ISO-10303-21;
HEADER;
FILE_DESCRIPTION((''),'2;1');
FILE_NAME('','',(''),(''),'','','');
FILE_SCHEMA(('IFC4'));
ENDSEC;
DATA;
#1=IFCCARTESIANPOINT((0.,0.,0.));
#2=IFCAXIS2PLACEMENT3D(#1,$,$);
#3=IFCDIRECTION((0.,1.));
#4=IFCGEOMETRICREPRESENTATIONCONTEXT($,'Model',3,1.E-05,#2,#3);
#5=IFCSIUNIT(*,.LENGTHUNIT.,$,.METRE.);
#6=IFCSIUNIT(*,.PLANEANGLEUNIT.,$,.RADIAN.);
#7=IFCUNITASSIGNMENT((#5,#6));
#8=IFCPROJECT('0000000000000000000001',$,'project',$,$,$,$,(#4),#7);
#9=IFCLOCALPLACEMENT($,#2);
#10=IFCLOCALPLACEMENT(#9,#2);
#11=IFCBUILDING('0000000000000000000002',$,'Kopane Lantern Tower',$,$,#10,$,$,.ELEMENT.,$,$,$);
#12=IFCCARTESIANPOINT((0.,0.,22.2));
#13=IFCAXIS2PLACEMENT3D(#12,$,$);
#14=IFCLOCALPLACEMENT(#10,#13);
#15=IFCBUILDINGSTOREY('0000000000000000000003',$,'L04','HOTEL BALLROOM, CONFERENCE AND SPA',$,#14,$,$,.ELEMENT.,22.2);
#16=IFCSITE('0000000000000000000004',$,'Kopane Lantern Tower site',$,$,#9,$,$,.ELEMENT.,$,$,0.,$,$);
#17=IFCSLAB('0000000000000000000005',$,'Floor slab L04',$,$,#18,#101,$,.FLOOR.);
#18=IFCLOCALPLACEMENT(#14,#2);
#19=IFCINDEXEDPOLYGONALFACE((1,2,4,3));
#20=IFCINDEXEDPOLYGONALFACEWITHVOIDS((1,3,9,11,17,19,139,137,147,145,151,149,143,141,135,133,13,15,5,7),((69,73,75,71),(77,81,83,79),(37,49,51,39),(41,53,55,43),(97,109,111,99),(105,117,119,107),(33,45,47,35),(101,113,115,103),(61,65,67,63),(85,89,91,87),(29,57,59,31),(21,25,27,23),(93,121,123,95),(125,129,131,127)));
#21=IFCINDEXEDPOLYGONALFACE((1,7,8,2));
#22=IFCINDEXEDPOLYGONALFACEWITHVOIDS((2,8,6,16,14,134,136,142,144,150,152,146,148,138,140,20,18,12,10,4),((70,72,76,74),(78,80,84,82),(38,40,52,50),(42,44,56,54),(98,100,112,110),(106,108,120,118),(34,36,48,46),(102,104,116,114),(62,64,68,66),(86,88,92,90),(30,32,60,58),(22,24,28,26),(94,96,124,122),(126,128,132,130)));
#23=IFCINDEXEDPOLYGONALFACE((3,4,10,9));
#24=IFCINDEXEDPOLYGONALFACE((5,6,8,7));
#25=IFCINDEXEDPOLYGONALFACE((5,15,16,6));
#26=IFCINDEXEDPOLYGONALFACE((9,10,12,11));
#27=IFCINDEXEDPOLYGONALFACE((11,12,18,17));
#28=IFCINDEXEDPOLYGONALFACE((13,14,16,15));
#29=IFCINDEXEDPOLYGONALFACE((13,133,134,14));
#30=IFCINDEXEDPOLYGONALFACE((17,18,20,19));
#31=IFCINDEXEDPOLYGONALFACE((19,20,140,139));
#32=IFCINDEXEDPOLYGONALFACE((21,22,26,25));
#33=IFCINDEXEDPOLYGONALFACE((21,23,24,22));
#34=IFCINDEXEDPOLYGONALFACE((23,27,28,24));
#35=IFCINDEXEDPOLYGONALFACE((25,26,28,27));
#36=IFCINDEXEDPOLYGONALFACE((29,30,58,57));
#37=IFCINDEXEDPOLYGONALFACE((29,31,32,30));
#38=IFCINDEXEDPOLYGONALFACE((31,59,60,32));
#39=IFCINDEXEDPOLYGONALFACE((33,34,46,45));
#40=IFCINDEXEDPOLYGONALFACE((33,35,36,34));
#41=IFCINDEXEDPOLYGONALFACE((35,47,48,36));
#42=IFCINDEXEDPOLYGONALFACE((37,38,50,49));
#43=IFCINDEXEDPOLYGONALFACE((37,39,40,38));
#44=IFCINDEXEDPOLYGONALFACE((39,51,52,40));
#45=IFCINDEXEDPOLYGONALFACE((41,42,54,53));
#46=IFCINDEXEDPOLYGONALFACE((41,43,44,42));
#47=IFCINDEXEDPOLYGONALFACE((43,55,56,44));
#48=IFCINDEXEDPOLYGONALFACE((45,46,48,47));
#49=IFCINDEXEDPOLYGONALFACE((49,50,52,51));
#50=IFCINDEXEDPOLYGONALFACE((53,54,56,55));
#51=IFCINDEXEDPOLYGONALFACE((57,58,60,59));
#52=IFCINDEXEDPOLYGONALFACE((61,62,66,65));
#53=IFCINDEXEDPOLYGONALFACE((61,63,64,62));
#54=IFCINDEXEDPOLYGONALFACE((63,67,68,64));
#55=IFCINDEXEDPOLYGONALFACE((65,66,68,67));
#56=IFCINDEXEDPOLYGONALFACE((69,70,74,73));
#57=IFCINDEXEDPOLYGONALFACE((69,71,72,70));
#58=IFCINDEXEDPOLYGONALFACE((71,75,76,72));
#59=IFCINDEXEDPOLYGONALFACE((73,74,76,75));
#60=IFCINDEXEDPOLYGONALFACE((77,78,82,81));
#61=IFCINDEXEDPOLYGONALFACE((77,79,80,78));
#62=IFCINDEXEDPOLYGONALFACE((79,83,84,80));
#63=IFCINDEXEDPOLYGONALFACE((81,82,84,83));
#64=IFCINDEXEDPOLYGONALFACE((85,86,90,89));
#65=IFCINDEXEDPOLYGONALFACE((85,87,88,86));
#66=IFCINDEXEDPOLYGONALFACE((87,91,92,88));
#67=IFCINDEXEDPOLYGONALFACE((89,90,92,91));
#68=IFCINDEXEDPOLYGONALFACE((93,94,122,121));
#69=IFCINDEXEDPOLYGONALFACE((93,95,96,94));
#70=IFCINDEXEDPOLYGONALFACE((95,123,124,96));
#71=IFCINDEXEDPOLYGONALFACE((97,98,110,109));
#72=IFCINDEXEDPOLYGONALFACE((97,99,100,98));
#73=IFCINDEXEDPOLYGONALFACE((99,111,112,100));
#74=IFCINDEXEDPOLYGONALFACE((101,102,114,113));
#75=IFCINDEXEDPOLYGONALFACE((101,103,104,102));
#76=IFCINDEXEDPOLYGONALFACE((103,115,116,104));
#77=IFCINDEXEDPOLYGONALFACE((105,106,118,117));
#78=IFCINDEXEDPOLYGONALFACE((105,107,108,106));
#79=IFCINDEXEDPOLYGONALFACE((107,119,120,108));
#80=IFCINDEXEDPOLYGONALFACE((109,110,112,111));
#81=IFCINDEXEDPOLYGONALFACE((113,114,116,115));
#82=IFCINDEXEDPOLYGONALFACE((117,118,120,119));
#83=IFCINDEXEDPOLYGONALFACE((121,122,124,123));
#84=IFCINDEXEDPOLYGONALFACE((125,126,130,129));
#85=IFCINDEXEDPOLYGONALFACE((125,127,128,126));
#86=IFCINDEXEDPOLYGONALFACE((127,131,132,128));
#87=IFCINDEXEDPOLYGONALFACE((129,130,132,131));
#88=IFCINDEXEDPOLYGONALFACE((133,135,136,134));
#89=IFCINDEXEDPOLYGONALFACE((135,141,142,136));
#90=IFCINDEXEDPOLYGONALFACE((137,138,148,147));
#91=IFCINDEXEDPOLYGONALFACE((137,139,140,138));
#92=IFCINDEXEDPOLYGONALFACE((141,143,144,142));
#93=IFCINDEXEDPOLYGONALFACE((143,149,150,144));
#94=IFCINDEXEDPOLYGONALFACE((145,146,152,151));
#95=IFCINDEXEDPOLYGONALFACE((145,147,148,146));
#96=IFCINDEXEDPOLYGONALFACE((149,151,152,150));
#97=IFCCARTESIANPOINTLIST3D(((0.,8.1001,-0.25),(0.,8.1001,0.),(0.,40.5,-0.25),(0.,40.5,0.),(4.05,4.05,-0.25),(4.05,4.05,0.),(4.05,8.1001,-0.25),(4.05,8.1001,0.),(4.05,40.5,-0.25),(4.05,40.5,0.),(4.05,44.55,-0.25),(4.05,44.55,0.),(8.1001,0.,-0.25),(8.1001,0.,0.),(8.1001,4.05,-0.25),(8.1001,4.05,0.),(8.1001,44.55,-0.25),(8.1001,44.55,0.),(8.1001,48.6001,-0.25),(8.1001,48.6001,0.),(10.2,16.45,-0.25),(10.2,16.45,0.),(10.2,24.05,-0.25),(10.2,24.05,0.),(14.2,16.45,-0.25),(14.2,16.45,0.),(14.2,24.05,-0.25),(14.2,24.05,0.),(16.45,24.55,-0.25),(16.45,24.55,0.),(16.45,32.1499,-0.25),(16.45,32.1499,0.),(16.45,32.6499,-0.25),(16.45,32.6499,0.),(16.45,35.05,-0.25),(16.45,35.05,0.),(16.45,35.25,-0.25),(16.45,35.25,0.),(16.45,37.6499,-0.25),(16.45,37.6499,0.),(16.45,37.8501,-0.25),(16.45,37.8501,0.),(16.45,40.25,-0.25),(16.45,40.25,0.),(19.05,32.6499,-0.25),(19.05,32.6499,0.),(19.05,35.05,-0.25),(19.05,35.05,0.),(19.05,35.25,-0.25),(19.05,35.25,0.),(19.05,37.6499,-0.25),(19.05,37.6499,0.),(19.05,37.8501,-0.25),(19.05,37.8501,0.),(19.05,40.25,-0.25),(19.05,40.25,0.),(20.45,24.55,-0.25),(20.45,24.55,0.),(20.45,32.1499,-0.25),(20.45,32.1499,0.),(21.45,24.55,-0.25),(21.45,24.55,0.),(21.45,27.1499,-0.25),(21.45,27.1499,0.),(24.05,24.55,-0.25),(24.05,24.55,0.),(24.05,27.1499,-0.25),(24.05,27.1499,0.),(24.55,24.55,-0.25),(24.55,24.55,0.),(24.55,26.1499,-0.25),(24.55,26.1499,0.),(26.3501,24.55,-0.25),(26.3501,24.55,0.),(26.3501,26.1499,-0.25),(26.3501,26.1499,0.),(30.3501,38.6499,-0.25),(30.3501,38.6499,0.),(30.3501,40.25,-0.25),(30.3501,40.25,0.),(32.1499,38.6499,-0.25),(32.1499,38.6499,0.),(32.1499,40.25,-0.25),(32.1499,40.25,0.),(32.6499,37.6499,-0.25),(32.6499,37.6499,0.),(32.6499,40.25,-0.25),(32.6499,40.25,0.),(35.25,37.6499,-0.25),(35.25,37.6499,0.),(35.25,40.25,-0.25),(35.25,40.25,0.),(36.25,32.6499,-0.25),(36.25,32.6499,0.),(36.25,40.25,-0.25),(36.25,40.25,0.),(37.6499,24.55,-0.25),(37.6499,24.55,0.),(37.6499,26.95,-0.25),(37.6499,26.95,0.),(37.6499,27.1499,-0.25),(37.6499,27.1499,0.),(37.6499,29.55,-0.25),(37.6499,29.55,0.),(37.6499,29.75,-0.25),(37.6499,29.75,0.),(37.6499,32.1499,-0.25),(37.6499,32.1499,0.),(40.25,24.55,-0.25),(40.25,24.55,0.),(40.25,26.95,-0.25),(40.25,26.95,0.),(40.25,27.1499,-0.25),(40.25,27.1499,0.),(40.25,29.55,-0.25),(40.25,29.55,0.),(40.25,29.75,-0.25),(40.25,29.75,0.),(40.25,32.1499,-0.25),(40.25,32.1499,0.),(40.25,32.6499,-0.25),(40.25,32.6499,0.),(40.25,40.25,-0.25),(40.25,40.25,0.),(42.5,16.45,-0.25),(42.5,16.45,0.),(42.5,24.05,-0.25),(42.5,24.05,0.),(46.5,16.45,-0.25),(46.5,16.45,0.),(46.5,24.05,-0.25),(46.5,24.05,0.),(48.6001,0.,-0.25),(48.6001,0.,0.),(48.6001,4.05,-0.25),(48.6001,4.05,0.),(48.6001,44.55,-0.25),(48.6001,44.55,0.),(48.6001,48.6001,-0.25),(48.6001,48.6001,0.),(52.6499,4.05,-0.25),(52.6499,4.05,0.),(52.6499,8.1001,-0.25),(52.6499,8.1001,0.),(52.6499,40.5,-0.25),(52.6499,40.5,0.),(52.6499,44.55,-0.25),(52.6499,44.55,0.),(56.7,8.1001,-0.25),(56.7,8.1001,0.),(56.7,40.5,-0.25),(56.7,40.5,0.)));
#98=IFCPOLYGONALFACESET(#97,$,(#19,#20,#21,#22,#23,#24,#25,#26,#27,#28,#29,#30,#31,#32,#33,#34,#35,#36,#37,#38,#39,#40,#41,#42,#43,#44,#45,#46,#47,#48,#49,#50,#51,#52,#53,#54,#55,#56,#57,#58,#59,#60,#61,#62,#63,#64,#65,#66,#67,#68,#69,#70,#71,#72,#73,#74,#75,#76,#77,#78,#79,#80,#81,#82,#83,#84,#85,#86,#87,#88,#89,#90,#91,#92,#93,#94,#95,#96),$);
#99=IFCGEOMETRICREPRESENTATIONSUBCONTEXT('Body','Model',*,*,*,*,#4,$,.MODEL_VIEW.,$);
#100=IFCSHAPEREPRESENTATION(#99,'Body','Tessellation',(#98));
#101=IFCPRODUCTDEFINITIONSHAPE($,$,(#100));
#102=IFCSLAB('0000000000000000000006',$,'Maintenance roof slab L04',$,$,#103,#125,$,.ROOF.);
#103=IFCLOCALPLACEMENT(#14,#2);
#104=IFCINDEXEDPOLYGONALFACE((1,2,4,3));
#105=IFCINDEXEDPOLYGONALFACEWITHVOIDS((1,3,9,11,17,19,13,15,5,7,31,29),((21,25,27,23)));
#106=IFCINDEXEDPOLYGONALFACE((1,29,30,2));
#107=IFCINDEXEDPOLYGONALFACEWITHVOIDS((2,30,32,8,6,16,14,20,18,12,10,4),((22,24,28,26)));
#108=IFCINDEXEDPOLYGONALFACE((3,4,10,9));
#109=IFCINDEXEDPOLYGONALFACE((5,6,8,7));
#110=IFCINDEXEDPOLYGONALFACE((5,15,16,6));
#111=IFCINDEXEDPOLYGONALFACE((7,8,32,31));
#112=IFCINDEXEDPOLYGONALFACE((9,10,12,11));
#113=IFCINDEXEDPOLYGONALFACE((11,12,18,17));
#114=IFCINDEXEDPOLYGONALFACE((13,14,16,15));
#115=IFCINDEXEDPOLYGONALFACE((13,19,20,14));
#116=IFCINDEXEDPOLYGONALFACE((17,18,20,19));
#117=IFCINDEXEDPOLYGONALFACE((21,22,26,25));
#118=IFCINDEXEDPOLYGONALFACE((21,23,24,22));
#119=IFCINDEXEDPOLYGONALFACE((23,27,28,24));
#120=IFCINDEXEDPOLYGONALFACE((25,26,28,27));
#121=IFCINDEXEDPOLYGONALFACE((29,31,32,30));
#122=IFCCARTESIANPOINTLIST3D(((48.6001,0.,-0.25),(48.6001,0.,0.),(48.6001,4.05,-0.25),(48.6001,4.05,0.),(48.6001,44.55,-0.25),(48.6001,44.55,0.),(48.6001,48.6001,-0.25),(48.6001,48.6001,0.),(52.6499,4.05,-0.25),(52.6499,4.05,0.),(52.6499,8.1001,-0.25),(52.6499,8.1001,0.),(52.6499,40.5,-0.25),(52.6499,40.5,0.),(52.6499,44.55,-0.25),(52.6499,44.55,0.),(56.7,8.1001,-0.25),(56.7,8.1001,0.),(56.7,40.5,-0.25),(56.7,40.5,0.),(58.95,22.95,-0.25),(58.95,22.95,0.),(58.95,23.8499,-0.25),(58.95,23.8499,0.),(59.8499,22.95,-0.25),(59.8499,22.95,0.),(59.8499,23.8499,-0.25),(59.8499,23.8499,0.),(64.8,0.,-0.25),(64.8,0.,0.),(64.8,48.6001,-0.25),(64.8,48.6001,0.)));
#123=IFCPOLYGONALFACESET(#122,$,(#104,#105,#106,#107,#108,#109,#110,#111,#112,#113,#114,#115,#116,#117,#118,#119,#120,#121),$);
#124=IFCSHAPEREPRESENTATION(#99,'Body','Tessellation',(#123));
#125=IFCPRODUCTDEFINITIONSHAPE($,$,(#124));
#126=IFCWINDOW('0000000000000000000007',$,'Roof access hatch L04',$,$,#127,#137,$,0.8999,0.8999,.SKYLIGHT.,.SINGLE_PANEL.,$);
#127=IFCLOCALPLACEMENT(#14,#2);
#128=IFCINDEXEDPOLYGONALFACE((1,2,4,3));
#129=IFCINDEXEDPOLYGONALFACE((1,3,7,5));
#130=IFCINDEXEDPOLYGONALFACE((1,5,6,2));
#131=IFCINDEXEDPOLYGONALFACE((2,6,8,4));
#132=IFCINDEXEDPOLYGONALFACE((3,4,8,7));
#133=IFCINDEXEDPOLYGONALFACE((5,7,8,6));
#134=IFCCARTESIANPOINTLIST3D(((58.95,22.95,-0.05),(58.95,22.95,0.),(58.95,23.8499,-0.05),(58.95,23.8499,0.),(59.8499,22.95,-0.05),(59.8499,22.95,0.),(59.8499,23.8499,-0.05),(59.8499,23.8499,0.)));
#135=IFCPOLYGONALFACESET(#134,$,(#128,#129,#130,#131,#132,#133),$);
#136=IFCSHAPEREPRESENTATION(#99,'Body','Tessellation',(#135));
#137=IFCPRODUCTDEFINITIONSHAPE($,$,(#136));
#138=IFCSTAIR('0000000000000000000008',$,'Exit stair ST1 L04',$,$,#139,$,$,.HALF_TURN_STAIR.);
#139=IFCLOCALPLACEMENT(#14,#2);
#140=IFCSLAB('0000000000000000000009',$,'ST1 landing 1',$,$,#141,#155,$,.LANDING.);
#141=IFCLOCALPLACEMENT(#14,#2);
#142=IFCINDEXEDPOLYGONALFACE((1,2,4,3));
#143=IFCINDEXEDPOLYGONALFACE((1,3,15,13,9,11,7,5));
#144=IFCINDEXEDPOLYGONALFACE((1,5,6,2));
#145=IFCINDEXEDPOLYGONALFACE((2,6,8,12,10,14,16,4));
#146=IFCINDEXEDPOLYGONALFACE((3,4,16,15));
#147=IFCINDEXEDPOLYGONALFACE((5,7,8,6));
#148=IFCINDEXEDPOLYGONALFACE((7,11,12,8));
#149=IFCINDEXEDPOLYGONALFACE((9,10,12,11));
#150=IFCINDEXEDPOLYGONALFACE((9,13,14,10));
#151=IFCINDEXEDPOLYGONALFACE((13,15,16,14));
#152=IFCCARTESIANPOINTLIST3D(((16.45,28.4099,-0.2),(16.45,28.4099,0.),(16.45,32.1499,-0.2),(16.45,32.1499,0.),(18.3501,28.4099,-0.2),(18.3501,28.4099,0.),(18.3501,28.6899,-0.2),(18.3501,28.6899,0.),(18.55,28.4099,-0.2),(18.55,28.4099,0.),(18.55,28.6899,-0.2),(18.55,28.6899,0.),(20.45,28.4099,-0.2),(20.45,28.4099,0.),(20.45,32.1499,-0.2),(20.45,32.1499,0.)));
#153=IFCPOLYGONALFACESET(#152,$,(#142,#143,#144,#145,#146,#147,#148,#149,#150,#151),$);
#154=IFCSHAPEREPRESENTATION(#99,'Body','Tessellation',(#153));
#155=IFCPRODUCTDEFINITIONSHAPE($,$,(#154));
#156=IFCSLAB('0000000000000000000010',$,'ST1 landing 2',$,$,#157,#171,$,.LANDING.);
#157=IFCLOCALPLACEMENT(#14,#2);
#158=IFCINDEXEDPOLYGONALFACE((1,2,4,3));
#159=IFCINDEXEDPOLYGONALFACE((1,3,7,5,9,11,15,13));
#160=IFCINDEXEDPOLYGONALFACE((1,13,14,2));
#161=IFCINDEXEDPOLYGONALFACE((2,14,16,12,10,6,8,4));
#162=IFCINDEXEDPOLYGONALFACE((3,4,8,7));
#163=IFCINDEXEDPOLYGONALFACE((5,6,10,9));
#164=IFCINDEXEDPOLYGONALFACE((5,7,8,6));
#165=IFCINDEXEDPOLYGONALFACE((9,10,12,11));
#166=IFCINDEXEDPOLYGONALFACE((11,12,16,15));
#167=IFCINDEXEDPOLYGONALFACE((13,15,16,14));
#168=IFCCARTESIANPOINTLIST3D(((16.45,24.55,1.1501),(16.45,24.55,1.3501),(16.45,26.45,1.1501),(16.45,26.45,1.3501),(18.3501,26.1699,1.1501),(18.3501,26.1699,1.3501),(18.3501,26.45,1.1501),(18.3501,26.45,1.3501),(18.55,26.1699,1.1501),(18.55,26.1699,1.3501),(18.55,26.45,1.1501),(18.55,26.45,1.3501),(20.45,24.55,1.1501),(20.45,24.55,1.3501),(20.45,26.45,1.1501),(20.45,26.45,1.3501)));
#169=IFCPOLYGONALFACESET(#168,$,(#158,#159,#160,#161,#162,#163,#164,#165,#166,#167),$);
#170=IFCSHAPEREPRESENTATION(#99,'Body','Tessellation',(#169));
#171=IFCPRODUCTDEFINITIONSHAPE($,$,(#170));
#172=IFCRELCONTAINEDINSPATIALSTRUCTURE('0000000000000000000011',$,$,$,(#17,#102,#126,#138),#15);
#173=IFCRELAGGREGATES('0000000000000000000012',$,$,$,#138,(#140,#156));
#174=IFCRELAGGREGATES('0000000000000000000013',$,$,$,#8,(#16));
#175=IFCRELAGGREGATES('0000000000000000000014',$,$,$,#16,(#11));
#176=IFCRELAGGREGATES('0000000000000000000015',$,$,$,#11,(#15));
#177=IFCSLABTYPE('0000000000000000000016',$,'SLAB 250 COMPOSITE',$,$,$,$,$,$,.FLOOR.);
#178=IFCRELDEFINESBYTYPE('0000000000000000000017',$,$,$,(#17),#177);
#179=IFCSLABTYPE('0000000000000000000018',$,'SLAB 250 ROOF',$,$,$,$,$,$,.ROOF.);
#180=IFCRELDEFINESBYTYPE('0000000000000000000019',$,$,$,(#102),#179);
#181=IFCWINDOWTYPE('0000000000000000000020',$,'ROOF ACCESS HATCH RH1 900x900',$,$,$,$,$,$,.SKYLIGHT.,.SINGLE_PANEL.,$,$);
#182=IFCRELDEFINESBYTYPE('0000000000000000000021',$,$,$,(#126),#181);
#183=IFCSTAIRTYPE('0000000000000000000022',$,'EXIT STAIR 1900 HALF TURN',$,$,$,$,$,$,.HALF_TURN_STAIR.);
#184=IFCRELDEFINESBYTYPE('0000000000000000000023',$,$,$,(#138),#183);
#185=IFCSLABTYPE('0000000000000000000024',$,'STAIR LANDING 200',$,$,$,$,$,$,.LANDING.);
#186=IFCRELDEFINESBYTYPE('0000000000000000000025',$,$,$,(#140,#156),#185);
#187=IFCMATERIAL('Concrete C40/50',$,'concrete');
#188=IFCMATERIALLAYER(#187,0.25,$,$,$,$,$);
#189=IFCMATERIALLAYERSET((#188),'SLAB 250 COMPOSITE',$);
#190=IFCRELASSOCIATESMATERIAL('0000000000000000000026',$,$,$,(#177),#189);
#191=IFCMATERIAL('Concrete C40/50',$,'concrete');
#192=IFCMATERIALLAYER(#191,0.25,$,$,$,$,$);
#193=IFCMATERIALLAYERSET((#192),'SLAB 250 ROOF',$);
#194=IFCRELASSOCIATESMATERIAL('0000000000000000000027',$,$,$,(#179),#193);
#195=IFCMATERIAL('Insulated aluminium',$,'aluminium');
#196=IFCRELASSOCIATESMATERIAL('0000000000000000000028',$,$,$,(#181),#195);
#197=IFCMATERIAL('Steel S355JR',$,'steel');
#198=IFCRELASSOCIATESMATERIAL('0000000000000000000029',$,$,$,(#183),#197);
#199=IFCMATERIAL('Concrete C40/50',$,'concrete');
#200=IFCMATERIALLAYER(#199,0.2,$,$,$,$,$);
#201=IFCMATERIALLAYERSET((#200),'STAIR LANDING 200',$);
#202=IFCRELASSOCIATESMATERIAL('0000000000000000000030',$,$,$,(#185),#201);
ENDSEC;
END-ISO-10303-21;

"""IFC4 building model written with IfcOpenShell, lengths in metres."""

from ifc_helpers import new_model, si_unit, direction, frame, origin, origin_2d, place, context, subcontext, project, spatial, polyline, rectangle, outline, extrude, material, layer, layer_set, type_object, element, fill, aggregate, save


model = new_model("IFC4")

# Units and contexts
model_context = context("Model", 3, precision=1e-05, world=origin(), true_north=direction((0.0, 1.0)))
body_context = subcontext(model_context, "Body", "Model", "MODEL_VIEW")
ifc_project = project(units=[si_unit("LENGTHUNIT", "METRE"), si_unit("PLANEANGLEUNIT", "RADIAN")], contexts=[model_context])

# Site, building, storey
site_placement = place(None, origin())
site = spatial("IfcSite", under=ifc_project, at=site_placement, Name="Kopane Lantern Tower site", CompositionType="ELEMENT", RefElevation=0.0)
building_placement = place(site_placement, origin())
building = spatial("IfcBuilding", under=site, at=building_placement, Name="Kopane Lantern Tower", CompositionType="ELEMENT")
storey_placement = place(building_placement, frame((0.0, 0.0, 22.2)))
storey = spatial("IfcBuildingStorey", under=building, at=storey_placement, Name="L04", Description="HOTEL BALLROOM, CONFERENCE AND SPA", CompositionType="ELEMENT", Elevation=22.2)

# Slab
ifc_material_1 = material(Name="Concrete C40/50", Category="concrete")
ifc_layer_1 = layer(ifc_material_1, 0.25)
ifc_layer_set_1 = layer_set([ifc_layer_1], Name="SLAB 250 COMPOSITE")
slab_type_1 = type_object("IfcSlabType", Name="SLAB 250 COMPOSITE", PredefinedType="FLOOR", material=ifc_layer_set_1)
slab_1_placement = place(storey_placement, frame((0.0, 0.0, -0.25)))
element("IfcSlab", 1, at=slab_1_placement, inside=storey, type_object=slab_type_1, Name="Floor slab L04", PredefinedType="FLOOR", context=body_context, shape_type="SweptSolid", body=[
    extrude(outline(polyline([(8.1001, 0.0), (48.6001, 0.0), (48.6001, 4.05), (52.6499, 4.05), (52.6499, 8.1001), (56.7, 8.1001), (56.7, 40.5), (52.6499, 40.5), (52.6499, 44.55), (48.6001, 44.55), (48.6001, 48.6001), (8.1001, 48.6001), (8.1001, 44.55), (4.05, 44.55), (4.05, 40.5), (0.0, 40.5), (0.0, 8.1001), (4.05, 8.1001), (4.05, 4.05), (8.1001, 4.05), (8.1001, 0.0)]), holes=[polyline([(16.45, 24.55), (20.45, 24.55), (20.45, 32.1499), (16.45, 32.1499), (16.45, 24.55)]), polyline([(36.25, 32.6499), (40.25, 32.6499), (40.25, 40.25), (36.25, 40.25), (36.25, 32.6499)]), polyline([(16.45, 32.6499), (19.05, 32.6499), (19.05, 35.05), (16.45, 35.05), (16.45, 32.6499)]), polyline([(16.45, 35.25), (19.05, 35.25), (19.05, 37.6499), (16.45, 37.6499), (16.45, 35.25)]), polyline([(16.45, 37.8501), (19.05, 37.8501), (19.05, 40.25), (16.45, 40.25), (16.45, 37.8501)]), polyline([(37.6499, 24.55), (40.25, 24.55), (40.25, 26.95), (37.6499, 26.95), (37.6499, 24.55)]), polyline([(37.6499, 27.1499), (40.25, 27.1499), (40.25, 29.55), (37.6499, 29.55), (37.6499, 27.1499)]), polyline([(37.6499, 29.75), (40.25, 29.75), (40.25, 32.1499), (37.6499, 32.1499), (37.6499, 29.75)]), polyline([(21.45, 24.55), (24.05, 24.55), (24.05, 27.1499), (21.45, 27.1499), (21.45, 24.55)]), polyline([(32.6499, 37.6499), (35.25, 37.6499), (35.25, 40.25), (32.6499, 40.25), (32.6499, 37.6499)]), polyline([(24.55, 24.55), (26.3501, 24.55), (26.3501, 26.1499), (24.55, 26.1499), (24.55, 24.55)]), polyline([(30.3501, 38.6499), (32.1499, 38.6499), (32.1499, 40.25), (30.3501, 40.25), (30.3501, 38.6499)]), polyline([(10.2, 16.45), (14.2, 16.45), (14.2, 24.05), (10.2, 24.05), (10.2, 16.45)]), polyline([(42.5, 16.45), (46.5, 16.45), (46.5, 24.05), (42.5, 24.05), (42.5, 16.45)])]), origin(), (0.0, 0.0, 1.0), 0.25),
])

# Slab, opening, window
ifc_material_2 = material(Name="Concrete C40/50", Category="concrete")
ifc_layer_2 = layer(ifc_material_2, 0.25)
ifc_layer_set_2 = layer_set([ifc_layer_2], Name="SLAB 250 ROOF")
slab_type_2 = type_object("IfcSlabType", Name="SLAB 250 ROOF", PredefinedType="ROOF", material=ifc_layer_set_2)
slab_2_placement = place(storey_placement, frame((0.0, 0.0, -0.25)))
slab_2 = element("IfcSlab", 2, at=slab_2_placement, inside=storey, type_object=slab_type_2, Name="Maintenance roof slab L04", PredefinedType="ROOF", context=body_context, shape_type="SweptSolid", body=[
    extrude(outline(polyline([(64.8, 48.6001), (64.8, 0.0), (48.6001, 0.0), (48.6001, 4.05), (52.6499, 4.05), (52.6499, 8.1001), (56.7, 8.1001), (56.7, 40.5), (52.6499, 40.5), (52.6499, 44.55), (48.6001, 44.55), (48.6001, 48.6001), (64.8, 48.6001)])), origin(), (0.0, 0.0, 1.0), 0.25),
])
opening_placement = place(slab_2_placement, frame((59.3999, 23.3999, 0.0)))
opening = element("IfcOpeningElement", 3, at=opening_placement, cuts=slab_2, PredefinedType="OPENING", context=body_context, shape_type="SweptSolid", body=[
    extrude(rectangle(XDim=0.8999, YDim=0.8999, at=origin_2d()), origin(), (0.0, 0.0, 1.0), 0.25),
])
ifc_material_3 = material(Name="Insulated aluminium", Category="aluminium")
window_type = type_object("IfcWindowType", Name="ROOF ACCESS HATCH RH1 900x900", PartitioningType="SINGLE_PANEL", PredefinedType="SKYLIGHT", material=ifc_material_3)
window_placement = place(opening_placement, frame((0.0, 0.0, 0.2)))
window = element("IfcWindow", 4, at=window_placement, inside=storey, type_object=window_type, Name="Roof access hatch L04", OverallHeight=0.8999, OverallWidth=0.8999, PartitioningType="SINGLE_PANEL", PredefinedType="SKYLIGHT", context=body_context, shape_type="SweptSolid", body=[
    extrude(rectangle(XDim=0.8999, YDim=0.8999, at=origin_2d()), origin(), (0.0, 0.0, 1.0), 0.05),
])
fill(opening, window)

# Stair, slabs
ifc_material_4 = material(Name="Steel S355JR", Category="steel")
stair_type = type_object("IfcStairType", Name="EXIT STAIR 1900 HALF TURN", PredefinedType="HALF_TURN_STAIR", material=ifc_material_4)
stair_1_placement = place(storey_placement, origin())
stair_1 = element("IfcStair", 5, at=stair_1_placement, inside=storey, type_object=stair_type, Name="Exit stair ST1 L04", PredefinedType="HALF_TURN_STAIR")
ifc_material_5 = material(Name="Concrete C40/50", Category="concrete")
ifc_layer_3 = layer(ifc_material_5, 0.2)
ifc_layer_set_3 = layer_set([ifc_layer_3], Name="STAIR LANDING 200")
slab_type_3 = type_object("IfcSlabType", Name="STAIR LANDING 200", PredefinedType="LANDING", material=ifc_layer_set_3)
slab_3_placement = place(storey_placement, frame((0.0, 0.0, -0.2)))
slab_3 = element("IfcSlab", 6, at=slab_3_placement, type_object=slab_type_3, Name="ST1 landing 1", PredefinedType="LANDING", context=body_context, shape_type="SweptSolid", body=[
    extrude(outline(polyline([(18.3501, 28.6899), (18.55, 28.6899), (18.55, 28.4099), (20.45, 28.4099), (20.45, 32.1499), (16.45, 32.1499), (16.45, 28.4099), (18.3501, 28.4099), (18.3501, 28.6899)])), origin(), (0.0, 0.0, 1.0), 0.2),
])
slab_4_placement = place(storey_placement, frame((0.0, 0.0, 1.1501)))
slab_4 = element("IfcSlab", 7, at=slab_4_placement, type_object=slab_type_3, Name="ST1 landing 2", PredefinedType="LANDING", context=body_context, shape_type="SweptSolid", body=[
    extrude(outline(polyline([(20.45, 26.45), (18.55, 26.45), (18.55, 26.1699), (18.3501, 26.1699), (18.3501, 26.45), (16.45, 26.45), (16.45, 24.55), (20.45, 24.55), (20.45, 26.45)])), origin(), (0.0, 0.0, 1.0), 0.2),
])
aggregate(stair_1, [slab_3, slab_4])

save(model, "model.ifc")
